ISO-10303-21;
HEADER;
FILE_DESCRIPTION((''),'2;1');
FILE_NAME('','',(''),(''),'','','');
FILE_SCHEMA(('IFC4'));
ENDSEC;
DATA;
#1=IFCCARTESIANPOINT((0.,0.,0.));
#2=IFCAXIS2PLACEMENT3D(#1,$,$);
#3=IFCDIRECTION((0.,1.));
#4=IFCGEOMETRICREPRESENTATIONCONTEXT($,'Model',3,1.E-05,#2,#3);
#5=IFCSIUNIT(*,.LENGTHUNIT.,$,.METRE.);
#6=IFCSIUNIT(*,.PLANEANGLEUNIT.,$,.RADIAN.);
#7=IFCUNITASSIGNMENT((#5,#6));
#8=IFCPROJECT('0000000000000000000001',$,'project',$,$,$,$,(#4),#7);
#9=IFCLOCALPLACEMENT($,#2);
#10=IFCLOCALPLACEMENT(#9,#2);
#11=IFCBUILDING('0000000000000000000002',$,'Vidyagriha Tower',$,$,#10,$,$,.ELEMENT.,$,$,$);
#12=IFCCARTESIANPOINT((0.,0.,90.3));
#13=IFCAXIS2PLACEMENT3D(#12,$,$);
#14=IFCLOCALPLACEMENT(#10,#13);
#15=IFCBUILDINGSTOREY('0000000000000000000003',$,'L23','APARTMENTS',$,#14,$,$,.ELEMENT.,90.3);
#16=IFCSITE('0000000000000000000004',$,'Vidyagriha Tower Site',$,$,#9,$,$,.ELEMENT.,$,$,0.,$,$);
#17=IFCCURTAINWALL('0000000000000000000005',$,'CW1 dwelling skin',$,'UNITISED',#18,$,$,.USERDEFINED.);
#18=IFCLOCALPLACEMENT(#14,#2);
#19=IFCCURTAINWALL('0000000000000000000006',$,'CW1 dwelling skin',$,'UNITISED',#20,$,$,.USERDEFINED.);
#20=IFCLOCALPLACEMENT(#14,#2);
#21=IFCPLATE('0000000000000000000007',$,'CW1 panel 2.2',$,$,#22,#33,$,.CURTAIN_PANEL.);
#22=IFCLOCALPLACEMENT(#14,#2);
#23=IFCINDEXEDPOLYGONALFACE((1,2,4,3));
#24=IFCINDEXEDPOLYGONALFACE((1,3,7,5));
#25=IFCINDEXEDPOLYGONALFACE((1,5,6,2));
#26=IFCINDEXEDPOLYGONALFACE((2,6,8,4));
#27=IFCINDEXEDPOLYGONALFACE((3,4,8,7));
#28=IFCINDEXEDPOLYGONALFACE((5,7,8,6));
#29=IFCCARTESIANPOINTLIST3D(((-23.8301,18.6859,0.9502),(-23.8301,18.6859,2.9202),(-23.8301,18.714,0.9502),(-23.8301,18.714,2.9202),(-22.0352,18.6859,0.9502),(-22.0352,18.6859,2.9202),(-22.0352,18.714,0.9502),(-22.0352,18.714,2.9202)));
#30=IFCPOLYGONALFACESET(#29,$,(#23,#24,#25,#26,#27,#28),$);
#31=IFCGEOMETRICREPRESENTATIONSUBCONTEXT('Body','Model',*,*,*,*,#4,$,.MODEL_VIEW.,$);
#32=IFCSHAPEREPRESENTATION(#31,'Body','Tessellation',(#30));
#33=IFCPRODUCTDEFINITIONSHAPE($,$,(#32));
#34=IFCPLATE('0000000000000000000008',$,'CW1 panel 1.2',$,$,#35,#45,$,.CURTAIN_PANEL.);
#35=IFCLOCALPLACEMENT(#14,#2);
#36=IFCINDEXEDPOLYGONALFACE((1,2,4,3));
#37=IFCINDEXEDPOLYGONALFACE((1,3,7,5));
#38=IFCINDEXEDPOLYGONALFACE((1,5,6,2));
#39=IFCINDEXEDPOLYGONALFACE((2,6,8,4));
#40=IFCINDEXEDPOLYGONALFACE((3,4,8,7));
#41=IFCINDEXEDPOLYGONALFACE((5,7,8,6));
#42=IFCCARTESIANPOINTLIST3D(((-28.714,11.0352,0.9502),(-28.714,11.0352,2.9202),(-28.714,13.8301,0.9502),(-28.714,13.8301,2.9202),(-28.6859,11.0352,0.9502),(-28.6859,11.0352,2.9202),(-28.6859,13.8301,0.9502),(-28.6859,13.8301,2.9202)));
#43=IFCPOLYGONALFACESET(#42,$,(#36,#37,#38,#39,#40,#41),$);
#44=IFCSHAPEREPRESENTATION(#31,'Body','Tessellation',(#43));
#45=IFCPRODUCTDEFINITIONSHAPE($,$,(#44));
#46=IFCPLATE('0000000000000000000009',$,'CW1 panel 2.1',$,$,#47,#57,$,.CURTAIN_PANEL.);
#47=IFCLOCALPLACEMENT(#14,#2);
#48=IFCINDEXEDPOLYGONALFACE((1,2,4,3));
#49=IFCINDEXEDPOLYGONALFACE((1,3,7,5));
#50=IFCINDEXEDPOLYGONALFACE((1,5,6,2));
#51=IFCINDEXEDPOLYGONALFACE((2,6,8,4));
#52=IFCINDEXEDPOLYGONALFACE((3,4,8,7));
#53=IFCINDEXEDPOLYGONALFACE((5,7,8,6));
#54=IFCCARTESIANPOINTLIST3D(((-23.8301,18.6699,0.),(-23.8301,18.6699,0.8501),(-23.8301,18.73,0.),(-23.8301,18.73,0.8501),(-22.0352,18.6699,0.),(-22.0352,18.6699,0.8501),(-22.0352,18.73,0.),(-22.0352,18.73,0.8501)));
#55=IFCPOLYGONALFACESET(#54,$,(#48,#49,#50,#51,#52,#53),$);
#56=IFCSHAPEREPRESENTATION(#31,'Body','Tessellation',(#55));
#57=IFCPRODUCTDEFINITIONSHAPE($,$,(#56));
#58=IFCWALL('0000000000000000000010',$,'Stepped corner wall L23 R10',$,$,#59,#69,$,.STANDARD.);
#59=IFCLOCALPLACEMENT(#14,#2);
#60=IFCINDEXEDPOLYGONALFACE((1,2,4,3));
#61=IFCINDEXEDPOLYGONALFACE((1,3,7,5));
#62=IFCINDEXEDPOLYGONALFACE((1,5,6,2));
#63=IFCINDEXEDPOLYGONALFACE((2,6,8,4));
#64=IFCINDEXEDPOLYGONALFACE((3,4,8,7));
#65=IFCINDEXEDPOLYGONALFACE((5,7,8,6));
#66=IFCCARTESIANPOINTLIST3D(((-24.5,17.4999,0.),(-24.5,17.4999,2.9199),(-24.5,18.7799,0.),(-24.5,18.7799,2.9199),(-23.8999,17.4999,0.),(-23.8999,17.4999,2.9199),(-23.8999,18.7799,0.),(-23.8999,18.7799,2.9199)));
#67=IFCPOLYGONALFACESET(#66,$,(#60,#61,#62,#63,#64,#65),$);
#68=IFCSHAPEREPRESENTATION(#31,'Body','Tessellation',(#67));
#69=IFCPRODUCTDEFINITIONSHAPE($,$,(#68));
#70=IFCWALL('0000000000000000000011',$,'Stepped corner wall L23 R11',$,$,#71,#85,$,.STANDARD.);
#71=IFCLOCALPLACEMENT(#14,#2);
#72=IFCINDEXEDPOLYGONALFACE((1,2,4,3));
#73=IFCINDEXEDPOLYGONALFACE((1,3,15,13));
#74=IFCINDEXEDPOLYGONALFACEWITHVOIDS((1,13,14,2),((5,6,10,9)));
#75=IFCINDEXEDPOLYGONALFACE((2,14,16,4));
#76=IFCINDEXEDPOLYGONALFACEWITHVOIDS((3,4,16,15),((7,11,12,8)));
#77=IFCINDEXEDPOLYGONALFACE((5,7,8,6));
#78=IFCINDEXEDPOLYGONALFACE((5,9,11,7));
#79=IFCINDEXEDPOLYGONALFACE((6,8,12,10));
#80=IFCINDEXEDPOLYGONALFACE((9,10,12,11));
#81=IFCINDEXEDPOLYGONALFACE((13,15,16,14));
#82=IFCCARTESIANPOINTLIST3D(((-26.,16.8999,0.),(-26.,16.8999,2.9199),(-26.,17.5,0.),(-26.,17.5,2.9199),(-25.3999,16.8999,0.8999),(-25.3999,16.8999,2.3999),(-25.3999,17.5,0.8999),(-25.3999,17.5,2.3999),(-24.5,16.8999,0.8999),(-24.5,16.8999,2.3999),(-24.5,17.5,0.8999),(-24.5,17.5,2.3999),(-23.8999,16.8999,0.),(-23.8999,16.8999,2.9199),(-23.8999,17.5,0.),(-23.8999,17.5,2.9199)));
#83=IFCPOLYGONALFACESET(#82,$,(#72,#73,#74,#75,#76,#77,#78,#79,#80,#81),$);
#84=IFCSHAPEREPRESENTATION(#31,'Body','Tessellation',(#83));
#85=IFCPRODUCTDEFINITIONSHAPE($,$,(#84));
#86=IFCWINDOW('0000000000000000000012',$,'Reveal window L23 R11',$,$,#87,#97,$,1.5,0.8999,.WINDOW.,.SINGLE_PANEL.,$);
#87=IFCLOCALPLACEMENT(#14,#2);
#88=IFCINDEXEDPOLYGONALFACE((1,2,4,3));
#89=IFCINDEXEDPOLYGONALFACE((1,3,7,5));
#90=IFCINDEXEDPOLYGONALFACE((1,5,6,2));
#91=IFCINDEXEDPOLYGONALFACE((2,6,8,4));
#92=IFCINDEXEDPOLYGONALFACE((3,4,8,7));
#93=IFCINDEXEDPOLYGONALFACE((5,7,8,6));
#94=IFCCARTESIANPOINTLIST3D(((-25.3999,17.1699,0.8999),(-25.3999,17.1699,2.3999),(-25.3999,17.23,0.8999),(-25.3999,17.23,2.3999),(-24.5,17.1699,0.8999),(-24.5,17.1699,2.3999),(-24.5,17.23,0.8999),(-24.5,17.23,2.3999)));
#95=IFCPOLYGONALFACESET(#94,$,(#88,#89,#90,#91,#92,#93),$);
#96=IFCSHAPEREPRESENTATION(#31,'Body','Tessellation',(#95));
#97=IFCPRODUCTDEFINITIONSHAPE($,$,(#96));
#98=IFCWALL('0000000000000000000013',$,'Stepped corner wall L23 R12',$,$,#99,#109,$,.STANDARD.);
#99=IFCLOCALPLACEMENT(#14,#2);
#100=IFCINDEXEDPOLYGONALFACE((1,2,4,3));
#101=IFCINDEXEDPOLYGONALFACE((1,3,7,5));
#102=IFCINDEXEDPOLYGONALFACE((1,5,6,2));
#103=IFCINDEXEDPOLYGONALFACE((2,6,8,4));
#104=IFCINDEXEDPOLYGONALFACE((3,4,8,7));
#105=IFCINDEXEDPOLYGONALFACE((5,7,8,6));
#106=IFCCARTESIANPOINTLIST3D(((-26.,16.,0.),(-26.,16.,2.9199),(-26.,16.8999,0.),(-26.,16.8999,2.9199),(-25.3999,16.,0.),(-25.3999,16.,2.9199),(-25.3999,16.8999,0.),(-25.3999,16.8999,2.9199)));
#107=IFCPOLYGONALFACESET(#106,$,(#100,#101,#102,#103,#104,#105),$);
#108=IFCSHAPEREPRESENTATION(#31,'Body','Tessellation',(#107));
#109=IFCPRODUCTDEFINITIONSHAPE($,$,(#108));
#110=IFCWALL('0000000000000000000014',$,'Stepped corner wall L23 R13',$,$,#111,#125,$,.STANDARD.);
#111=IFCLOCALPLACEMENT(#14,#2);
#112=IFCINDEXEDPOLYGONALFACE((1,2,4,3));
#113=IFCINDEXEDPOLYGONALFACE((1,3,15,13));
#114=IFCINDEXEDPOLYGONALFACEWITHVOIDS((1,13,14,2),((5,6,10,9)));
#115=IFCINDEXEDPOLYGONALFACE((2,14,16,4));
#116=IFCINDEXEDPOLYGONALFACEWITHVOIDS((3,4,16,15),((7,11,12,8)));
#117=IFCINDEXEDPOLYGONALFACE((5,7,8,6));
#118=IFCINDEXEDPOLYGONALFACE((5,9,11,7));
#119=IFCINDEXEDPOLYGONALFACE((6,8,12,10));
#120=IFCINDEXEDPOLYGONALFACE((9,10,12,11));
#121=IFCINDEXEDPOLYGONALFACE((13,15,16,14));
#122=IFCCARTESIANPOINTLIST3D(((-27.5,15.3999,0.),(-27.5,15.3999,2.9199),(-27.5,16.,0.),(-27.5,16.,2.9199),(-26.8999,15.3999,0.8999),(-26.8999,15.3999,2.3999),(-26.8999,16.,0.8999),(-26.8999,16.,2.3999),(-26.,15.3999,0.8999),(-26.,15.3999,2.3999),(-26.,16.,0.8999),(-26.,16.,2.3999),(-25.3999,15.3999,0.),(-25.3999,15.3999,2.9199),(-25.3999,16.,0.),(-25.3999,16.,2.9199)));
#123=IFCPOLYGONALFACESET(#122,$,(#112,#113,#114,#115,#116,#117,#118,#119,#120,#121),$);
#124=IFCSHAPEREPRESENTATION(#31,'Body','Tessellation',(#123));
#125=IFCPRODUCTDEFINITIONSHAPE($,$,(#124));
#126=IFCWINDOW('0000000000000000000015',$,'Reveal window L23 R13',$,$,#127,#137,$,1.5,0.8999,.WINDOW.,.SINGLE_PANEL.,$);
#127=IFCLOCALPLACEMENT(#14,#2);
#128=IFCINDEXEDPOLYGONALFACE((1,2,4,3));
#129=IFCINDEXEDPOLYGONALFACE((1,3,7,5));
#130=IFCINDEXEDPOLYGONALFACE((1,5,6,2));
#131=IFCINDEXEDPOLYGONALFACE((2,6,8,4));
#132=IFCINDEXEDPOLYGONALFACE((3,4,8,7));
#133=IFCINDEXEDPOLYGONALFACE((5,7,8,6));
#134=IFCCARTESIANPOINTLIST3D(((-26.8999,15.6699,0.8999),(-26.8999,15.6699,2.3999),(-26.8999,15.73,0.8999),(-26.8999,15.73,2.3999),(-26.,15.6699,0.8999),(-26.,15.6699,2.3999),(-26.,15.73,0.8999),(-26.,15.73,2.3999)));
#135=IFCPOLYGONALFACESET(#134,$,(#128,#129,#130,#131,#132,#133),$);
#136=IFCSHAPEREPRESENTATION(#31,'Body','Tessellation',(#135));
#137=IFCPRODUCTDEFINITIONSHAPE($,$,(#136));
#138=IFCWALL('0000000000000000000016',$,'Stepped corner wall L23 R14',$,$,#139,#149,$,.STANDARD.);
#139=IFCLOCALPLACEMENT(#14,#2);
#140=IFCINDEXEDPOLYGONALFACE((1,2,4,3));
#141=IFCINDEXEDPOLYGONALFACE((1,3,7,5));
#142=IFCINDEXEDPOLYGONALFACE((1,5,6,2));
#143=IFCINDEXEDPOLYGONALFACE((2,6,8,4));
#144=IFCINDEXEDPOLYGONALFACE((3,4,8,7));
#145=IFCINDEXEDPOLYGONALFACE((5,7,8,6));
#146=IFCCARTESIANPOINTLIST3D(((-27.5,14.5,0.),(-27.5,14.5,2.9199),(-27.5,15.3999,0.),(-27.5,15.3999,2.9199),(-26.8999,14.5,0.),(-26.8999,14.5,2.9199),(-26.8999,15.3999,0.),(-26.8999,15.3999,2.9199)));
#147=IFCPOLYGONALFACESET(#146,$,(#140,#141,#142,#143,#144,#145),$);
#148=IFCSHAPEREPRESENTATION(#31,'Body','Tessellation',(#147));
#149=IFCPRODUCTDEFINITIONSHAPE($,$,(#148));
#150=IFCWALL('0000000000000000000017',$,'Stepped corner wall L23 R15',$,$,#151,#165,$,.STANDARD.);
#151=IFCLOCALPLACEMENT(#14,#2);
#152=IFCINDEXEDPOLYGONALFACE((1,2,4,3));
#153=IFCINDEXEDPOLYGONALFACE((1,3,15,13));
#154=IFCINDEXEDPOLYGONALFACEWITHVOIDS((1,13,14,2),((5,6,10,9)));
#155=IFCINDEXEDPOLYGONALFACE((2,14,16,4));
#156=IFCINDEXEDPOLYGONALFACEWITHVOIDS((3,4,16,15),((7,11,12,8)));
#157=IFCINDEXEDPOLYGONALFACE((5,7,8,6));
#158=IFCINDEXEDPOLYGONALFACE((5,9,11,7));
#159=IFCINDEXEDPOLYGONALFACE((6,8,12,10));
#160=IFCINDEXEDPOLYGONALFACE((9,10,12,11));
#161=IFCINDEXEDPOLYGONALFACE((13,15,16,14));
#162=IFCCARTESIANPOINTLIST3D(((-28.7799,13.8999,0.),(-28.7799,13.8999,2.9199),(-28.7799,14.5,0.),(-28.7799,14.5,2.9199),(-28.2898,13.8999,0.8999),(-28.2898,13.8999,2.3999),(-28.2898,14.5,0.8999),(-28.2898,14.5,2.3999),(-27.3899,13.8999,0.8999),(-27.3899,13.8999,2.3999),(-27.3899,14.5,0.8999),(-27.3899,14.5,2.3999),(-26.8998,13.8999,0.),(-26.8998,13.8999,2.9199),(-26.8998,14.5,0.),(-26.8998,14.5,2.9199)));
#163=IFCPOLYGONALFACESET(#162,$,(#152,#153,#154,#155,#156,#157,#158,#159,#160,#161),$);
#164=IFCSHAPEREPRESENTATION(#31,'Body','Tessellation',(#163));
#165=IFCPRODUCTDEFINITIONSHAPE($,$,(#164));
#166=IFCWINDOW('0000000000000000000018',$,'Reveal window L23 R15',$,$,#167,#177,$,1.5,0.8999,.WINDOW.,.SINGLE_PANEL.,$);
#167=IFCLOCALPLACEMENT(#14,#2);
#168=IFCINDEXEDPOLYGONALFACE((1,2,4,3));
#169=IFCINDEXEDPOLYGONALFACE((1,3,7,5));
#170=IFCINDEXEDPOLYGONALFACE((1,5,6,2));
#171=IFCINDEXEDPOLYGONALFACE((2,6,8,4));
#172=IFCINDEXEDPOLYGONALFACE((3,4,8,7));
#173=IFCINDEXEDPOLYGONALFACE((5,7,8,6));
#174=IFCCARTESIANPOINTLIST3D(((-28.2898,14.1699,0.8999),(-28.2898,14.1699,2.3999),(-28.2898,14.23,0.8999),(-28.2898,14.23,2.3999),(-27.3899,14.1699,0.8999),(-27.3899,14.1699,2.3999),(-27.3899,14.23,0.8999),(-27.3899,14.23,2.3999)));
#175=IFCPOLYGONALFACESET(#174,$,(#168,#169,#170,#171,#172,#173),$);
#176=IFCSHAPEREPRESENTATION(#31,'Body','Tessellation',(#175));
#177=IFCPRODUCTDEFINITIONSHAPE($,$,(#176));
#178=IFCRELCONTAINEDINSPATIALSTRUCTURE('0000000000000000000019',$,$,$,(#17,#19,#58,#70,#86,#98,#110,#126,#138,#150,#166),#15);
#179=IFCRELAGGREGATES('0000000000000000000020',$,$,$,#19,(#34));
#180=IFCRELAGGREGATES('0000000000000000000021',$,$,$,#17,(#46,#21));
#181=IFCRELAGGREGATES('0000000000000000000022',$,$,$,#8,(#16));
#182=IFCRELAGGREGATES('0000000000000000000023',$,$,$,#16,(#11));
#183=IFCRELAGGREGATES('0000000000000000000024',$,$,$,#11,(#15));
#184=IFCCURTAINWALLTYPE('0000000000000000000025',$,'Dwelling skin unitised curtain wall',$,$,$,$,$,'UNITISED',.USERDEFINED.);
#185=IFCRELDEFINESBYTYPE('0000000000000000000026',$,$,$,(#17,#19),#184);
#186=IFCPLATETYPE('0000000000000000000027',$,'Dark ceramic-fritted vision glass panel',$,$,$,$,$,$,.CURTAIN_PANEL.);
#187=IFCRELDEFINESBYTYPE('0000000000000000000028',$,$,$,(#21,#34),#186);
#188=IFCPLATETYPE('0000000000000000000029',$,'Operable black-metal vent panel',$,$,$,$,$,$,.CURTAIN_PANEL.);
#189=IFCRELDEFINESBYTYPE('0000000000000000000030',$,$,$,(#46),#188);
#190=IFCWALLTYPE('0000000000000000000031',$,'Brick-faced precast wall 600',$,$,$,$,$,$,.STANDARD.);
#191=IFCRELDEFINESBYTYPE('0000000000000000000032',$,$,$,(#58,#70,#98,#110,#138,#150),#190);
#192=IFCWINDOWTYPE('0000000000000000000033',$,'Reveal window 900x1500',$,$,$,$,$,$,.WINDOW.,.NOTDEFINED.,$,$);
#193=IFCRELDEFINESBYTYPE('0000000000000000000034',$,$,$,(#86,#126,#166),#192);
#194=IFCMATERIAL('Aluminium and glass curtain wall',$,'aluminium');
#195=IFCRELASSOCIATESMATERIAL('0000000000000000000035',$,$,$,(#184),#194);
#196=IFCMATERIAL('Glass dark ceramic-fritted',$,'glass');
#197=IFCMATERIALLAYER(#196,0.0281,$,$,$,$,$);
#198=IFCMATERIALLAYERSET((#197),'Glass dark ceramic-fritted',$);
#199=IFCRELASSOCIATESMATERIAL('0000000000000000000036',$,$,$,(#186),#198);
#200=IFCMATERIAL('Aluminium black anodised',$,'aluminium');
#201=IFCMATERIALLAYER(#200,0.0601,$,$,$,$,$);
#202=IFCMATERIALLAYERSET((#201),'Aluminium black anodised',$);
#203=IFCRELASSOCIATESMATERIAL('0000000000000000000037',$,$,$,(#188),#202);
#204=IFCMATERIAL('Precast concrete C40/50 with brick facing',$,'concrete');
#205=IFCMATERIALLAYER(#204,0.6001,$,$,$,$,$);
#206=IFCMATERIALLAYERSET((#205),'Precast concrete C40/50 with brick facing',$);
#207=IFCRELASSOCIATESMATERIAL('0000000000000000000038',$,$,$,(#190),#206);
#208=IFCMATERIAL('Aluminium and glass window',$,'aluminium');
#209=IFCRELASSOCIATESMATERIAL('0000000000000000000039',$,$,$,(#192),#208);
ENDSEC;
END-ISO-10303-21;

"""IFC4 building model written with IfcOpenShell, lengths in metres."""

from ifc_helpers import new_model, si_unit, direction, frame, frame_2d, origin, origin_2d, place, context, subcontext, project, spatial, rectangle, extrude, material, layer, layer_set, type_object, element, fill, aggregate, save


model = new_model("IFC4")

# Units and contexts
model_context = context("Model", 3, precision=1e-05, world=origin(), true_north=direction((0.0, 1.0)))
body_context = subcontext(model_context, "Body", "Model", "MODEL_VIEW")
ifc_project = project(units=[si_unit("LENGTHUNIT", "METRE"), si_unit("PLANEANGLEUNIT", "RADIAN")], contexts=[model_context])

# Site, building, storey
site_placement = place(None, origin())
site = spatial("IfcSite", under=ifc_project, at=site_placement, Name="Vidyagriha Tower Site", CompositionType="ELEMENT", RefElevation=0.0)
building_placement = place(site_placement, origin())
building = spatial("IfcBuilding", under=site, at=building_placement, Name="Vidyagriha Tower", CompositionType="ELEMENT")
storey_placement = place(building_placement, frame((0.0, 0.0, 90.3)))
storey = spatial("IfcBuildingStorey", under=building, at=storey_placement, Name="L23", Description="APARTMENTS", CompositionType="ELEMENT", Elevation=90.3)

# Curtain wall
ifc_material_1 = material(Name="Aluminium and glass curtain wall", Category="aluminium")
curtain_wall_type = type_object("IfcCurtainWallType", Name="Dwelling skin unitised curtain wall", ElementType="UNITISED", PredefinedType="USERDEFINED", material=ifc_material_1)
curtain_wall_1_placement = place(storey_placement, origin())
curtain_wall_1 = element("IfcCurtainWall", 1, at=curtain_wall_1_placement, inside=storey, type_object=curtain_wall_type, Name="CW1 dwelling skin", ObjectType="UNITISED", PredefinedType="USERDEFINED")

# Curtain wall
curtain_wall_2_placement = place(storey_placement, origin())
curtain_wall_2 = element("IfcCurtainWall", 2, at=curtain_wall_2_placement, inside=storey, type_object=curtain_wall_type, Name="CW1 dwelling skin", ObjectType="UNITISED", PredefinedType="USERDEFINED")

# Plates
ifc_material_2 = material(Name="Glass dark ceramic-fritted", Category="glass")
ifc_layer_1 = layer(ifc_material_2, 0.0281)
ifc_layer_set_1 = layer_set([ifc_layer_1], Name="Glass dark ceramic-fritted")
plate_type_1 = type_object("IfcPlateType", Name="Dark ceramic-fritted vision glass panel", PredefinedType="CURTAIN_PANEL", material=ifc_layer_set_1)
plate_1_placement = place(storey_placement, frame((-22.9326, 18.7, 0.9502), z_axis=(0.0, 0.0, 1.0), x_axis=(-1.0, 0.0, 0.0)))
plate_1 = element("IfcPlate", 3, at=plate_1_placement, type_object=plate_type_1, Name="CW1 panel 2.2", PredefinedType="CURTAIN_PANEL", context=body_context, shape_type="SweptSolid", body=[
    extrude(rectangle(XDim=1.7949, YDim=0.0281, at=origin_2d()), origin(), (0.0, 0.0, 1.0), 1.97),
])
plate_2_placement = place(storey_placement, frame((-28.7, 12.4326, 0.9502), z_axis=(0.0, 0.0, 1.0), x_axis=(0.0, -1.0, 0.0)))
plate_2 = element("IfcPlate", 4, at=plate_2_placement, type_object=plate_type_1, Name="CW1 panel 1.2", PredefinedType="CURTAIN_PANEL", context=body_context, shape_type="SweptSolid", body=[
    extrude(rectangle(XDim=2.7949, YDim=0.0281, at=origin_2d()), origin(), (0.0, 0.0, 1.0), 1.97),
])
aggregate(curtain_wall_2, [plate_2])
ifc_material_3 = material(Name="Aluminium black anodised", Category="aluminium")
ifc_layer_2 = layer(ifc_material_3, 0.0601)
ifc_layer_set_2 = layer_set([ifc_layer_2], Name="Aluminium black anodised")
plate_type_2 = type_object("IfcPlateType", Name="Operable black-metal vent panel", PredefinedType="CURTAIN_PANEL", material=ifc_layer_set_2)
plate_3_placement = place(storey_placement, frame((-22.9326, 18.7, 0.0), z_axis=(0.0, 0.0, 1.0), x_axis=(-1.0, 0.0, 0.0)))
plate_3 = element("IfcPlate", 5, at=plate_3_placement, type_object=plate_type_2, Name="CW1 panel 2.1", PredefinedType="CURTAIN_PANEL", context=body_context, shape_type="SweptSolid", body=[
    extrude(rectangle(XDim=1.7949, YDim=0.0601, at=origin_2d()), origin(), (0.0, 0.0, 1.0), 0.8501),
])
aggregate(curtain_wall_1, [plate_3, plate_1])

# Wall
ifc_material_4 = material(Name="Precast concrete C40/50 with brick facing", Category="concrete")
ifc_layer_3 = layer(ifc_material_4, 0.6001)
ifc_layer_set_3 = layer_set([ifc_layer_3], Name="Precast concrete C40/50 with brick facing")
wall_type_1 = type_object("IfcWallType", Name="Brick-faced precast wall 600", PredefinedType="STANDARD", material=ifc_layer_set_3)
wall_1_placement = place(storey_placement, frame((-24.2, 18.78, 0.0), z_axis=(0.0, 0.0, 1.0), x_axis=(0.0, -1.0, 0.0)))
element("IfcWall", 6, at=wall_1_placement, inside=storey, type_object=wall_type_1, Name="Stepped corner wall L23 R10", PredefinedType="STANDARD", context=body_context, shape_type="SweptSolid", body=[
    extrude(rectangle(XDim=1.28, YDim=0.6001, at=frame_2d((0.6401, 0.0))), origin(), (0.0, 0.0, 1.0), 2.9199),
])

# Wall, opening, window
wall_2_placement = place(storey_placement, frame((-23.8999, 17.2, 0.0), z_axis=(0.0, 0.0, 1.0), x_axis=(-1.0, 0.0, 0.0)))
wall_2 = element("IfcWall", 7, at=wall_2_placement, inside=storey, type_object=wall_type_1, Name="Stepped corner wall L23 R11", PredefinedType="STANDARD", context=body_context, shape_type="SweptSolid", body=[
    extrude(rectangle(XDim=2.1001, YDim=0.6001, at=frame_2d((1.05, 0.0))), origin(), (0.0, 0.0, 1.0), 2.9199),
])
opening_1_placement = place(wall_2_placement, frame((0.6001, 0.0, 0.8999)))
opening_1 = element("IfcOpeningElement", 8, at=opening_1_placement, cuts=wall_2, PredefinedType="OPENING", context=body_context, shape_type="SweptSolid", body=[
    extrude(rectangle(XDim=0.8999, YDim=1.5, at=frame_2d((0.45, 0.75))), frame((0.0, 0.3101, 0.0), z_axis=(0.0, -1.0, 0.0), x_axis=(1.0, 0.0, 0.0)), (0.0, 0.0, 1.0), 0.6201),
])
ifc_material_5 = material(Name="Aluminium and glass window", Category="aluminium")
window_type = type_object("IfcWindowType", Name="Reveal window 900x1500", PartitioningType="NOTDEFINED", PredefinedType="WINDOW", material=ifc_material_5)
window_1_placement = place(opening_1_placement, origin())
window_1 = element("IfcWindow", 9, at=window_1_placement, inside=storey, type_object=window_type, Name="Reveal window L23 R11", OverallHeight=1.5, OverallWidth=0.8999, PartitioningType="SINGLE_PANEL", PredefinedType="WINDOW", context=body_context, shape_type="SweptSolid", body=[
    extrude(rectangle(XDim=0.8999, YDim=1.5, at=frame_2d((0.45, 0.75))), frame((0.0, 0.03, 0.0), z_axis=(0.0, -1.0, 0.0), x_axis=(1.0, 0.0, 0.0)), (0.0, 0.0, 1.0), 0.0601),
])
fill(opening_1, window_1)

# Wall
wall_3_placement = place(storey_placement, frame((-25.7, 16.8999, 0.0), z_axis=(0.0, 0.0, 1.0), x_axis=(0.0, -1.0, 0.0)))
element("IfcWall", 10, at=wall_3_placement, inside=storey, type_object=wall_type_1, Name="Stepped corner wall L23 R12", PredefinedType="STANDARD", context=body_context, shape_type="SweptSolid", body=[
    extrude(rectangle(XDim=0.8999, YDim=0.6001, at=frame_2d((0.45, 0.0))), origin(), (0.0, 0.0, 1.0), 2.9199),
])

# Wall, opening, window
wall_4_placement = place(storey_placement, frame((-25.3999, 15.7, 0.0), z_axis=(0.0, 0.0, 1.0), x_axis=(-1.0, 0.0, 0.0)))
wall_4 = element("IfcWall", 11, at=wall_4_placement, inside=storey, type_object=wall_type_1, Name="Stepped corner wall L23 R13", PredefinedType="STANDARD", context=body_context, shape_type="SweptSolid", body=[
    extrude(rectangle(XDim=2.1001, YDim=0.6001, at=frame_2d((1.05, 0.0))), origin(), (0.0, 0.0, 1.0), 2.9199),
])
opening_2_placement = place(wall_4_placement, frame((0.6001, 0.0, 0.8999)))
opening_2 = element("IfcOpeningElement", 12, at=opening_2_placement, cuts=wall_4, PredefinedType="OPENING", context=body_context, shape_type="SweptSolid", body=[
    extrude(rectangle(XDim=0.8999, YDim=1.5, at=frame_2d((0.45, 0.75))), frame((0.0, 0.3101, 0.0), z_axis=(0.0, -1.0, 0.0), x_axis=(1.0, 0.0, 0.0)), (0.0, 0.0, 1.0), 0.6201),
])
window_2_placement = place(opening_2_placement, origin())
window_2 = element("IfcWindow", 13, at=window_2_placement, inside=storey, type_object=window_type, Name="Reveal window L23 R13", OverallHeight=1.5, OverallWidth=0.8999, PartitioningType="SINGLE_PANEL", PredefinedType="WINDOW", context=body_context, shape_type="SweptSolid", body=[
    extrude(rectangle(XDim=0.8999, YDim=1.5, at=frame_2d((0.45, 0.75))), frame((0.0, 0.03, 0.0), z_axis=(0.0, -1.0, 0.0), x_axis=(1.0, 0.0, 0.0)), (0.0, 0.0, 1.0), 0.0601),
])
fill(opening_2, window_2)

# Wall
wall_5_placement = place(storey_placement, frame((-27.2, 15.3999, 0.0), z_axis=(0.0, 0.0, 1.0), x_axis=(0.0, -1.0, 0.0)))
element("IfcWall", 14, at=wall_5_placement, inside=storey, type_object=wall_type_1, Name="Stepped corner wall L23 R14", PredefinedType="STANDARD", context=body_context, shape_type="SweptSolid", body=[
    extrude(rectangle(XDim=0.8999, YDim=0.6001, at=frame_2d((0.45, 0.0))), origin(), (0.0, 0.0, 1.0), 2.9199),
])

# Wall, opening, window
wall_6_placement = place(storey_placement, frame((-26.8999, 14.2, 0.0), z_axis=(0.0, 0.0, 1.0), x_axis=(-1.0, 0.0, 0.0)))
wall_6 = element("IfcWall", 15, at=wall_6_placement, inside=storey, type_object=wall_type_1, Name="Stepped corner wall L23 R15", PredefinedType="STANDARD", context=body_context, shape_type="SweptSolid", body=[
    extrude(rectangle(XDim=1.8801, YDim=0.6001, at=frame_2d((0.9399, 0.0))), origin(), (0.0, 0.0, 1.0), 2.9199),
])
opening_3_placement = place(wall_6_placement, frame((0.49, 0.0, 0.8999)))
opening_3 = element("IfcOpeningElement", 16, at=opening_3_placement, cuts=wall_6, PredefinedType="OPENING", context=body_context, shape_type="SweptSolid", body=[
    extrude(rectangle(XDim=0.8999, YDim=1.5, at=frame_2d((0.45, 0.75))), frame((0.0, 0.3101, 0.0), z_axis=(0.0, -1.0, 0.0), x_axis=(1.0, 0.0, 0.0)), (0.0, 0.0, 1.0), 0.6201),
])
window_3_placement = place(opening_3_placement, origin())
window_3 = element("IfcWindow", 17, at=window_3_placement, inside=storey, type_object=window_type, Name="Reveal window L23 R15", OverallHeight=1.5, OverallWidth=0.8999, PartitioningType="SINGLE_PANEL", PredefinedType="WINDOW", context=body_context, shape_type="SweptSolid", body=[
    extrude(rectangle(XDim=0.8999, YDim=1.5, at=frame_2d((0.45, 0.75))), frame((0.0, 0.03, 0.0), z_axis=(0.0, -1.0, 0.0), x_axis=(1.0, 0.0, 0.0)), (0.0, 0.0, 1.0), 0.0601),
])
fill(opening_3, window_3)

save(model, "model.ifc")
